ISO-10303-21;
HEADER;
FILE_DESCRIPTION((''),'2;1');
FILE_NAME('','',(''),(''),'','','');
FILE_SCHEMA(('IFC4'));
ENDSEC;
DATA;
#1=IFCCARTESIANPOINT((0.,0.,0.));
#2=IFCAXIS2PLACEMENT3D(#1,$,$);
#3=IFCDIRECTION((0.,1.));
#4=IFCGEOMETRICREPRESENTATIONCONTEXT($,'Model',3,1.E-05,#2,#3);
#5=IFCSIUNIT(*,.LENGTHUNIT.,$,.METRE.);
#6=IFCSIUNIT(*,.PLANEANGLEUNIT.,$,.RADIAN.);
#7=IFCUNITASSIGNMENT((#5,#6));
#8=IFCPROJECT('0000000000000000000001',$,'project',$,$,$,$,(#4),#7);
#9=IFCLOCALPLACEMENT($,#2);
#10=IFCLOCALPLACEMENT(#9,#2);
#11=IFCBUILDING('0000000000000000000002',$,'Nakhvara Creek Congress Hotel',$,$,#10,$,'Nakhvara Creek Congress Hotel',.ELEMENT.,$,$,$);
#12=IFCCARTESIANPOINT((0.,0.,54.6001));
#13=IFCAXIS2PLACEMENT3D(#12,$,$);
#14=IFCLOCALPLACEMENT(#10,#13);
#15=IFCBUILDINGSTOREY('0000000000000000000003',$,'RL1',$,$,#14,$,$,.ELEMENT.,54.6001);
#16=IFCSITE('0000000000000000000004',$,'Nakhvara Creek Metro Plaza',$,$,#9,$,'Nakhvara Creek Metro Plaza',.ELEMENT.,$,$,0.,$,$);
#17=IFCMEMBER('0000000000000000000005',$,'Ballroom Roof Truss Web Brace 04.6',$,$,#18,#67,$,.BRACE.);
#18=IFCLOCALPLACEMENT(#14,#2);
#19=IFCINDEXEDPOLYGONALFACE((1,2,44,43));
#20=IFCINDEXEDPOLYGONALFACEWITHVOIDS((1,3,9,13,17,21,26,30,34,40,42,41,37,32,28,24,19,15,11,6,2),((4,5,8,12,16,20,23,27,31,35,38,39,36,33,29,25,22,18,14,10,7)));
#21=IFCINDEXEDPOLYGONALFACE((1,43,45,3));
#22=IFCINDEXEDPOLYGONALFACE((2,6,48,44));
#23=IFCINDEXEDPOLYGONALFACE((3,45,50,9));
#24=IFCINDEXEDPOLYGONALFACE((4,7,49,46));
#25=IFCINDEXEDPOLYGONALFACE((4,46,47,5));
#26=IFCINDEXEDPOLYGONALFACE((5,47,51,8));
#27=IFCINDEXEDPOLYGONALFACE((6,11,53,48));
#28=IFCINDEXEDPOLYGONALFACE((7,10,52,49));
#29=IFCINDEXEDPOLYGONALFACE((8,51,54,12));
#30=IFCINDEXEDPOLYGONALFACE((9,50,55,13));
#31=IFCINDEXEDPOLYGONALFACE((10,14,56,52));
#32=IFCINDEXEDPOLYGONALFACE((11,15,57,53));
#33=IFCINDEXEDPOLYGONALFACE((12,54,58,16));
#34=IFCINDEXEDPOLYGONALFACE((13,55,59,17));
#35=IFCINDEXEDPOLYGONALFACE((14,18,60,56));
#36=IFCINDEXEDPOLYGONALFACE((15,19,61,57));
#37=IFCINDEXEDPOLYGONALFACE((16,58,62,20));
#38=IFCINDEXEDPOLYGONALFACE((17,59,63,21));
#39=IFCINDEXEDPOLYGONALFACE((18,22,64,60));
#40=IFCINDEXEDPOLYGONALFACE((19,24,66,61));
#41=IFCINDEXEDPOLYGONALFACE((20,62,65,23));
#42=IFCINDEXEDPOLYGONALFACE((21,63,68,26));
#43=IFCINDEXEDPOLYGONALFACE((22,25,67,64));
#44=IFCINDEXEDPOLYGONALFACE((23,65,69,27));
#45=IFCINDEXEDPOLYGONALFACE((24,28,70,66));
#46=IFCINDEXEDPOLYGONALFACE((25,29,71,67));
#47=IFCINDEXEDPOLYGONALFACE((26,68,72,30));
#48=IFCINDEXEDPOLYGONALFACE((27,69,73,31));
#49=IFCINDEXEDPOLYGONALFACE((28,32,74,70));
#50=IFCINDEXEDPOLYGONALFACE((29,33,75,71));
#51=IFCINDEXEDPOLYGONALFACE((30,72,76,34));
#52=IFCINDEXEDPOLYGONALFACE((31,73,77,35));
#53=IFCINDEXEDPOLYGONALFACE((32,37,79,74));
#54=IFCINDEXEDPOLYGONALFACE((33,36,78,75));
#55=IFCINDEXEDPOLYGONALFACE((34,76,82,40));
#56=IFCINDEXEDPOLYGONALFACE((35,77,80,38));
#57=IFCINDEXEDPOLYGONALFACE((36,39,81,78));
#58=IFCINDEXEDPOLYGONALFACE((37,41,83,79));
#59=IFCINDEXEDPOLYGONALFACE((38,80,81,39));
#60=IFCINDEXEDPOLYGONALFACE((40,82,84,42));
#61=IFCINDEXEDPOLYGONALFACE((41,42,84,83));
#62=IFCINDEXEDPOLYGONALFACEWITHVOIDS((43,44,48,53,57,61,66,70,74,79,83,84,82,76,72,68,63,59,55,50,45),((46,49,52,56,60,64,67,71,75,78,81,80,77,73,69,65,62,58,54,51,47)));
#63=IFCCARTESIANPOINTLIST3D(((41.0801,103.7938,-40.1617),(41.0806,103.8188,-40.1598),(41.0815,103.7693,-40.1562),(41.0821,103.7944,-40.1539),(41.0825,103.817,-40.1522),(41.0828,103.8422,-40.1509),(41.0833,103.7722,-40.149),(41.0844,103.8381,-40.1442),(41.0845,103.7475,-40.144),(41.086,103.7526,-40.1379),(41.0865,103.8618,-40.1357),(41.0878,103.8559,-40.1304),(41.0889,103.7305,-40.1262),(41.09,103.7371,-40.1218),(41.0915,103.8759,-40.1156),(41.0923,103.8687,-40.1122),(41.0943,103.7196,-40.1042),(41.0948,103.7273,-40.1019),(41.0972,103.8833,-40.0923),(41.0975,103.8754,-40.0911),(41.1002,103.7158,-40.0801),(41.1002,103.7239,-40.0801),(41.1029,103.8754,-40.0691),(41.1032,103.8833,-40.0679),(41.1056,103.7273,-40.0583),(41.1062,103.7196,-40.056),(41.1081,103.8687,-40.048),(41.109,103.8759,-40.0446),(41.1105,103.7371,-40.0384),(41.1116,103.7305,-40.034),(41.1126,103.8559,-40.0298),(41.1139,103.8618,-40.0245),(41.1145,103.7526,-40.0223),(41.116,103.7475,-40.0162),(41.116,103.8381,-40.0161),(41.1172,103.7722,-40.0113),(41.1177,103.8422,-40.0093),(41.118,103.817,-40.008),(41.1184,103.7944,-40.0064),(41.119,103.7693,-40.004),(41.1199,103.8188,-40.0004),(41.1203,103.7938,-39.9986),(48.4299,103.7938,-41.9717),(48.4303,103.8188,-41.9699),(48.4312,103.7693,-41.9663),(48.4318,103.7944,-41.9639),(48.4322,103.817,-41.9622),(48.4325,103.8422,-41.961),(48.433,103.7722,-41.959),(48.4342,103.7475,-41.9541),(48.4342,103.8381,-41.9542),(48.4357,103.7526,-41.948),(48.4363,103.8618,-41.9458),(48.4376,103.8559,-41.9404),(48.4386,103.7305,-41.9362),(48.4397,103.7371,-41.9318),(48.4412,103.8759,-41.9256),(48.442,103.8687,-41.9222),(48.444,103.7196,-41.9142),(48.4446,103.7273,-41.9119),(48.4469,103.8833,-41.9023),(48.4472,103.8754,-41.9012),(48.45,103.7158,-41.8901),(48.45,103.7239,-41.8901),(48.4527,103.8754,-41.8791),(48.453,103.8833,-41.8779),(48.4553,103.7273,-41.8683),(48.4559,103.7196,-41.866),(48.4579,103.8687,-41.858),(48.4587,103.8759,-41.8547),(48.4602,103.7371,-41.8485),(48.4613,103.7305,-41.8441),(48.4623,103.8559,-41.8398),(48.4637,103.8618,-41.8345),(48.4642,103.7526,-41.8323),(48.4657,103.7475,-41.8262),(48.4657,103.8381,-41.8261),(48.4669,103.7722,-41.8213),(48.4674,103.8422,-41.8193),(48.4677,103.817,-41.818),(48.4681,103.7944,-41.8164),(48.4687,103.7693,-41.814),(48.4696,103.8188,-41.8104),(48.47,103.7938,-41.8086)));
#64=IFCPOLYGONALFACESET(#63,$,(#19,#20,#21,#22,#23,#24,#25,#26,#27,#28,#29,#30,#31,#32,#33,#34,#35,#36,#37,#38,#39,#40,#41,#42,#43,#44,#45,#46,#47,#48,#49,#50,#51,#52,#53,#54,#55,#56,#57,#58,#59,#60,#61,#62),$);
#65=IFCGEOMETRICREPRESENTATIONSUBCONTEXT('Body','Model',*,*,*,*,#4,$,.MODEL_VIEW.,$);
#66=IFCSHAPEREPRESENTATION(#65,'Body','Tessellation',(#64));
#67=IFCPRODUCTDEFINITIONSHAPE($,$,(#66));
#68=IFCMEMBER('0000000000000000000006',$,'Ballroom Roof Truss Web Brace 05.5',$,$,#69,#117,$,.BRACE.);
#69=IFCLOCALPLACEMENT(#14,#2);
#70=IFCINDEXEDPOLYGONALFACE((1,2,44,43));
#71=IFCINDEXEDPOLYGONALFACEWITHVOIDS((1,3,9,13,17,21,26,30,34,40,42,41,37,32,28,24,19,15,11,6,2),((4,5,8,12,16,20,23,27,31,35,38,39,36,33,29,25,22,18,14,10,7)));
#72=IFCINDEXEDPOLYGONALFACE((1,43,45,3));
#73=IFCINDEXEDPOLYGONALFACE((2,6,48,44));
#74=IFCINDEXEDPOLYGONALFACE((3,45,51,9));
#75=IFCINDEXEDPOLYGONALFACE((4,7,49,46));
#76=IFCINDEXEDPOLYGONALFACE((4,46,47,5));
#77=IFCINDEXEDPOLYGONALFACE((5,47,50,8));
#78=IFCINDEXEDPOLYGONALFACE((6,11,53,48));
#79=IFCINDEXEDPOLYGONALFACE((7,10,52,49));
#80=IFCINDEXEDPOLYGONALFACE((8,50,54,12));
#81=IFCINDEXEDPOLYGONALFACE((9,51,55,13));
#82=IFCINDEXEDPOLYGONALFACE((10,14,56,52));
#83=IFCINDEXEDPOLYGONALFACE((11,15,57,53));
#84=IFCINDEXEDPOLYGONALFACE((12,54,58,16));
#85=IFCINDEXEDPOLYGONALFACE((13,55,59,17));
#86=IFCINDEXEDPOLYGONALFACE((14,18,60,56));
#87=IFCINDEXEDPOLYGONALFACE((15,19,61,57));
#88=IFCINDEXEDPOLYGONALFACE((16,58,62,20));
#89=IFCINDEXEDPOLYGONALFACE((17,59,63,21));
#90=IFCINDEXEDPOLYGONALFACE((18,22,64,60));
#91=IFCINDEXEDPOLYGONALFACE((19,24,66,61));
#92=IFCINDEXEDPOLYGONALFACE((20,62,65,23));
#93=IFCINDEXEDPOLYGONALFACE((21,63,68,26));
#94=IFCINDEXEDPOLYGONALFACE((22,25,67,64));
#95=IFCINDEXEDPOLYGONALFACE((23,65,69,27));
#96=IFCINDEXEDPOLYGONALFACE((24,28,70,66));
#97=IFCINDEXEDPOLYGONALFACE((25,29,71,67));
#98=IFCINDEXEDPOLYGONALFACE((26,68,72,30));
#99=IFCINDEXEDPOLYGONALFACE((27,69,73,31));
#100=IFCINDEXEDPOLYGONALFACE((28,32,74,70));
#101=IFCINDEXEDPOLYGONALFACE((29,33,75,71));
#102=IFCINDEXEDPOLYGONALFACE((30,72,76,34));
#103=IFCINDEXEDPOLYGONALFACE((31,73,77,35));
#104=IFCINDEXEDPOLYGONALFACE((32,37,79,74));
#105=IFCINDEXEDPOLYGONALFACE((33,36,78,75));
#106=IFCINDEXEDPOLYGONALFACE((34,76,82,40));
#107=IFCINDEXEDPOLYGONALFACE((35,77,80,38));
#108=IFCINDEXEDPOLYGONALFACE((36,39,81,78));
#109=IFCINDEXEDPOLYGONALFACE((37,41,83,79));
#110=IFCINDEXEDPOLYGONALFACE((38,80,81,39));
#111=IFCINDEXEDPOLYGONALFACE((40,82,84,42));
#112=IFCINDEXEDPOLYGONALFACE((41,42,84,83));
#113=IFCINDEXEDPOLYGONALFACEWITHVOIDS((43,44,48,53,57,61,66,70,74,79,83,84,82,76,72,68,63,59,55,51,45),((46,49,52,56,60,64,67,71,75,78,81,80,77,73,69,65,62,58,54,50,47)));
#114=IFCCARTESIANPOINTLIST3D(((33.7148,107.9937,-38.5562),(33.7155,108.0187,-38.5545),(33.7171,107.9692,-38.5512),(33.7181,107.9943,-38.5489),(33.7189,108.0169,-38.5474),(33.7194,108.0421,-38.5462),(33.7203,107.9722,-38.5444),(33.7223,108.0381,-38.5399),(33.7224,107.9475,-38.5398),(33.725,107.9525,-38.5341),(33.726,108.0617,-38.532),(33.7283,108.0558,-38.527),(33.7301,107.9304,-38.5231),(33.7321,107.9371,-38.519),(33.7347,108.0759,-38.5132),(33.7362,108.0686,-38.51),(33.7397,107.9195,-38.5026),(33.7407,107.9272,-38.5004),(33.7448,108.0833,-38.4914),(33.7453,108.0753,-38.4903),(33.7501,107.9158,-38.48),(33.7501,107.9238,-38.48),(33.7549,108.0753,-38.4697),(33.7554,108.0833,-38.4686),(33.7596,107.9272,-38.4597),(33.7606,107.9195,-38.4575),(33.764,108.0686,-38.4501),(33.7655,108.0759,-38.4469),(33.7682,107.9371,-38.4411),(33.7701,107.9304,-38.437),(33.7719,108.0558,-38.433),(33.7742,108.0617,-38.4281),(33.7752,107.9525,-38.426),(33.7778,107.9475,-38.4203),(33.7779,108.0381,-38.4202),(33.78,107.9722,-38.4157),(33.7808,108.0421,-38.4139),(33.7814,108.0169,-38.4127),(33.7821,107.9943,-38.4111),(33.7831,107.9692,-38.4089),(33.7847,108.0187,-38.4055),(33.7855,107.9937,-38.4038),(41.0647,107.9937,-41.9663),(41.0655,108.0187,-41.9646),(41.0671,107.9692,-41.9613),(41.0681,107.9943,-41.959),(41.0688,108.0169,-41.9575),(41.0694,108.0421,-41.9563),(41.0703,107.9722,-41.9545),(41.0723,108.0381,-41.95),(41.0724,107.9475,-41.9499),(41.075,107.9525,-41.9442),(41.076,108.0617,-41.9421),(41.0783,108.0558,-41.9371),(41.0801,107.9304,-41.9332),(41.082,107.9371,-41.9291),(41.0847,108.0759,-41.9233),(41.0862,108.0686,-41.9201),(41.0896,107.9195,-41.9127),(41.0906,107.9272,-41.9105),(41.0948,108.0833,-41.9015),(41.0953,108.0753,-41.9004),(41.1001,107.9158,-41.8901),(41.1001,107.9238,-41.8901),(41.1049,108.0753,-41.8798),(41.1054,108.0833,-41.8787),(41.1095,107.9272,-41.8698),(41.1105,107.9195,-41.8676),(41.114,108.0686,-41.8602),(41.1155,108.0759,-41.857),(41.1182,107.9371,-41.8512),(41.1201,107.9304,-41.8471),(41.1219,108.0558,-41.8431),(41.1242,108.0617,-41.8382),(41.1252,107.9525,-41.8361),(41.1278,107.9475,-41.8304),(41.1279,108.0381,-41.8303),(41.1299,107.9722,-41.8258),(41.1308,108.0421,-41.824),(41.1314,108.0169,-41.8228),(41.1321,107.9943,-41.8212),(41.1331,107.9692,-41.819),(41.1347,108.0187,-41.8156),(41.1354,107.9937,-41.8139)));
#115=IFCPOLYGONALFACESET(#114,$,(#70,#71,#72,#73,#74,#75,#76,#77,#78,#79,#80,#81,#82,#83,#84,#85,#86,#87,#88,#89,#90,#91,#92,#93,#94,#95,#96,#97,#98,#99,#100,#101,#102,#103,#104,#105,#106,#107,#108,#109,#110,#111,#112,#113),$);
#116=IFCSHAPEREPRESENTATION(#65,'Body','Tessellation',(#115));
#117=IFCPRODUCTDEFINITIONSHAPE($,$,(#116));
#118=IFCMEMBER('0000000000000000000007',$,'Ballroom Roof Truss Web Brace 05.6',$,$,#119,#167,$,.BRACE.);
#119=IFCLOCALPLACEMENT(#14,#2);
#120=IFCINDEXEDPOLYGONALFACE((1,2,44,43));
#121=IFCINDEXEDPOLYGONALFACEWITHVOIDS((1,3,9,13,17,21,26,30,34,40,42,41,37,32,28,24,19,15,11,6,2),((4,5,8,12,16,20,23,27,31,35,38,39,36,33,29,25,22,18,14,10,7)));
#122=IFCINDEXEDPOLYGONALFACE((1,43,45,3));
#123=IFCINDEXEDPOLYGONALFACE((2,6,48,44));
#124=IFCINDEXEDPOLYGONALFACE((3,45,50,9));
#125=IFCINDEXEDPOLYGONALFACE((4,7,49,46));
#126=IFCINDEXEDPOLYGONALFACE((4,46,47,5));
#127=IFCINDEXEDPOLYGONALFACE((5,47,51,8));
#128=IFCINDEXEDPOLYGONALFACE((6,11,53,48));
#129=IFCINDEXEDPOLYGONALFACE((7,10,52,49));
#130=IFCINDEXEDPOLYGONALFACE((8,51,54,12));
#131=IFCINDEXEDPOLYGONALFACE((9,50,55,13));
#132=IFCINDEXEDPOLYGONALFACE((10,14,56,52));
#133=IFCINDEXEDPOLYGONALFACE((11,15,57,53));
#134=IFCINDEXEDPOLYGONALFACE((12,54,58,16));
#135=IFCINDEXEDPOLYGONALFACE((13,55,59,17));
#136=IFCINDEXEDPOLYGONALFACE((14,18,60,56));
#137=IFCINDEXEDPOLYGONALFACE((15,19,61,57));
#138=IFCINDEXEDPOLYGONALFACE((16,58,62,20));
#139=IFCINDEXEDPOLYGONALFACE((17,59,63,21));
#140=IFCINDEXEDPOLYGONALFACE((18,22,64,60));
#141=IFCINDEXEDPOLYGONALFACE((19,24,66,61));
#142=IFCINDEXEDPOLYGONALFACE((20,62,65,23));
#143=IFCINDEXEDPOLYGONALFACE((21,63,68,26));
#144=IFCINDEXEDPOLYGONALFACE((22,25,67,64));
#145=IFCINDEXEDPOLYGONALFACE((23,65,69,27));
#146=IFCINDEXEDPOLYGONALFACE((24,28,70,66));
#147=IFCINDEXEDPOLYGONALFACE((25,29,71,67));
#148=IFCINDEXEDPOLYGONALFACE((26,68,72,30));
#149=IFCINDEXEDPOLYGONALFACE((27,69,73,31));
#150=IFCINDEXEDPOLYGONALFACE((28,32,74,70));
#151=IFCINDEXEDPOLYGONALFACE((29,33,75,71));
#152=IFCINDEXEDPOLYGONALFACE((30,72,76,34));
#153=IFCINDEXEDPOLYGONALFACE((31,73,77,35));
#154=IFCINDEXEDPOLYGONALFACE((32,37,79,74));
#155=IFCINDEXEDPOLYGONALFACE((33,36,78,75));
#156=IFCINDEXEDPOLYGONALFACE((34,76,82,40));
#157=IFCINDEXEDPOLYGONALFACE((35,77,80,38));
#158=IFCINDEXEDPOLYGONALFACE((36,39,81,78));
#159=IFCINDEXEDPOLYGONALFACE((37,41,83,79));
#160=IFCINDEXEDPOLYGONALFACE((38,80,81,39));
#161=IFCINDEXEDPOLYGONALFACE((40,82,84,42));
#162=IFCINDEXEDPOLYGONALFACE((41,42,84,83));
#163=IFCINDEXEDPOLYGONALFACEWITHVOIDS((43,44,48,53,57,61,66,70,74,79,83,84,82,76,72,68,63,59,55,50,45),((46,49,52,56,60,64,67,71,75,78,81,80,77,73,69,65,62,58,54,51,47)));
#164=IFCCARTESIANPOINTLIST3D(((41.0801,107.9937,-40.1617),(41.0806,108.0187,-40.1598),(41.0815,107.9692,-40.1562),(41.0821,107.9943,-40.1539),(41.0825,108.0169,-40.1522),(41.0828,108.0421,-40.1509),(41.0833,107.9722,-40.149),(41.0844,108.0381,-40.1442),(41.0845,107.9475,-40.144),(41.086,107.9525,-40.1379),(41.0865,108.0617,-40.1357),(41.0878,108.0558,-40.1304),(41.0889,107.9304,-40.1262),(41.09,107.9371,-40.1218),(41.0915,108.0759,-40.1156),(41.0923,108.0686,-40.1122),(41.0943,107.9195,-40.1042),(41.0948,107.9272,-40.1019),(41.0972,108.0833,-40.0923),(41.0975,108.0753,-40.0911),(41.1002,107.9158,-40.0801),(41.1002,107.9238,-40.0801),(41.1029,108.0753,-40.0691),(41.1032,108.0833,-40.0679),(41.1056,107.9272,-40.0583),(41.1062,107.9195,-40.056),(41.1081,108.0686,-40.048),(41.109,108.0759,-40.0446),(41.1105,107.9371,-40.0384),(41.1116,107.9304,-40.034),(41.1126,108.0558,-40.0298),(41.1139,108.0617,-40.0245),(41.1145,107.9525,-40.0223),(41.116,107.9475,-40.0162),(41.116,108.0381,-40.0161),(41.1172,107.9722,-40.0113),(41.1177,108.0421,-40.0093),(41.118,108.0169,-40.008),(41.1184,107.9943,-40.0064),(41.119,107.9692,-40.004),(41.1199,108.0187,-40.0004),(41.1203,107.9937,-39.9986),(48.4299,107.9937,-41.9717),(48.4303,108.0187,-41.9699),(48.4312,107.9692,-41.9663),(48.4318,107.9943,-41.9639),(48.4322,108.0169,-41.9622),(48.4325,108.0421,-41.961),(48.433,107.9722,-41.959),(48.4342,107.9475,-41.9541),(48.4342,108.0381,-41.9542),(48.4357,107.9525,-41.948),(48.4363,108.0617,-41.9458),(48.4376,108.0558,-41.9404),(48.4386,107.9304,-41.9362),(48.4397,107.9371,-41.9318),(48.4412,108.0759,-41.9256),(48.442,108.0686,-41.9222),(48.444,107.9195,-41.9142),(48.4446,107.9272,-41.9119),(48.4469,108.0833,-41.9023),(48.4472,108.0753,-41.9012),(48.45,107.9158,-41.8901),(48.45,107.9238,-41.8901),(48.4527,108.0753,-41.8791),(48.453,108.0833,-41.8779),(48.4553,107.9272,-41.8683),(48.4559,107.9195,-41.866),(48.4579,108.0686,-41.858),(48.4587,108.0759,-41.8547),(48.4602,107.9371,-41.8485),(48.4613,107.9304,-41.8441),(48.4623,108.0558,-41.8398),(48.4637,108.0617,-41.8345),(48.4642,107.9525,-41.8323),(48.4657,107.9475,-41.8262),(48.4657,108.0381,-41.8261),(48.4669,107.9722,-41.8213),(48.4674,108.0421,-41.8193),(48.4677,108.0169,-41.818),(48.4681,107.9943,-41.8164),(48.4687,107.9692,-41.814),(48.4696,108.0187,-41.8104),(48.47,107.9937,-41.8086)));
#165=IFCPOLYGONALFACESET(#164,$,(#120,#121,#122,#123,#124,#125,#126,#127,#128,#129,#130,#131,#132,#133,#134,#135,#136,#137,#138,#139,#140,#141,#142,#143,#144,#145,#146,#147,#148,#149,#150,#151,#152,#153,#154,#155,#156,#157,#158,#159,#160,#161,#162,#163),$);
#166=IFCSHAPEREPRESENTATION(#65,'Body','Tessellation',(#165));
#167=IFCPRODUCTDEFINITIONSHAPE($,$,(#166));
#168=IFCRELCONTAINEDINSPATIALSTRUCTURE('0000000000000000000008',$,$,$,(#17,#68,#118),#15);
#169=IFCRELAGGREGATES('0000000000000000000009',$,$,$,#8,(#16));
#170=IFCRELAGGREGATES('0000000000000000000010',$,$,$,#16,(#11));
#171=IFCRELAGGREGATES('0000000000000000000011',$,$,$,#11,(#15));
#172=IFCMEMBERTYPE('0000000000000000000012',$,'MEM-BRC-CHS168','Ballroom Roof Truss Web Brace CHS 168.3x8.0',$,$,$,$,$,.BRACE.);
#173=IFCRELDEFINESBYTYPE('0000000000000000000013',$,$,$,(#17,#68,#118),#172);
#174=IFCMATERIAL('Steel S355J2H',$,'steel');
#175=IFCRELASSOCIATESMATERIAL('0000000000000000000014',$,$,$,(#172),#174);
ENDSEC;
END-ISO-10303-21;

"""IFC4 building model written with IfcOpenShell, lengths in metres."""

from ifc_helpers import new_model, si_unit, direction, frame, origin, origin_2d, place, context, subcontext, project, spatial, hollow_circle, extrude, material, material_profile, profile_set, type_object, element, save


model = new_model("IFC4")

# Units and contexts
model_context = context("Model", 3, precision=1e-05, world=origin(), true_north=direction((0.0, 1.0)))
body_context = subcontext(model_context, "Body", "Model", "MODEL_VIEW")
ifc_project = project(units=[si_unit("LENGTHUNIT", "METRE"), si_unit("PLANEANGLEUNIT", "RADIAN")], contexts=[model_context])

# Site, building, storey
site_placement = place(None, origin())
site = spatial("IfcSite", under=ifc_project, at=site_placement, Name="Nakhvara Creek Metro Plaza", LongName="Nakhvara Creek Metro Plaza", CompositionType="ELEMENT", RefElevation=0.0)
building_placement = place(site_placement, origin())
building = spatial("IfcBuilding", under=site, at=building_placement, Name="Nakhvara Creek Congress Hotel", LongName="Nakhvara Creek Congress Hotel", CompositionType="ELEMENT")
storey_placement = place(building_placement, frame((0.0, 0.0, 54.6001)))
storey = spatial("IfcBuildingStorey", under=building, at=storey_placement, Name="RL1", CompositionType="ELEMENT", Elevation=54.6001)

# Members
ifc_material_1 = material(Name="Steel S355J2H", Category="steel")
ifc_material_profile_1 = material_profile(ifc_material_1, hollow_circle(Radius=0.0842, WallThickness=0.0081, at=origin_2d()), Name="CHS 168.3x8.0", Category="LoadBearing")
ifc_profile_set_1 = profile_set([ifc_material_profile_1], Name="Steel S355J2H")
member_type_1 = type_object("IfcMemberType", Name="MEM-BRC-CHS168", Description="Ballroom Roof Truss Web Brace CHS 168.3x8.0", PredefinedType="BRACE", material=ifc_profile_set_1)
member_1_placement = place(storey_placement, frame((48.45, 103.8, -41.8901), z_axis=(-0.970988, 0.0, 0.239127), x_axis=(0.0, -1.0, 0.0)))
element("IfcMember", 1, at=member_1_placement, inside=storey, type_object=member_type_1, Name="Ballroom Roof Truss Web Brace 04.6", PredefinedType="BRACE", context=body_context, shape_type="SweptSolid", body=[
    extrude(hollow_circle(Radius=0.0842, WallThickness=0.0081, at=origin_2d()), origin(), (0.0, 0.0, 1.0), 7.5693),
])
member_2_placement = place(storey_placement, frame((41.1001, 108.0, -41.8901), z_axis=(-0.907122, 0.0, 0.420869), x_axis=(0.0, -1.0, 0.0)))
element("IfcMember", 2, at=member_2_placement, inside=storey, type_object=member_type_1, Name="Ballroom Roof Truss Web Brace 05.5", PredefinedType="BRACE", context=body_context, shape_type="SweptSolid", body=[
    extrude(hollow_circle(Radius=0.0842, WallThickness=0.0081, at=origin_2d()), origin(), (0.0, 0.0, 1.0), 8.1025),
])
member_3_placement = place(storey_placement, frame((48.45, 108.0, -41.8901), z_axis=(-0.970988, 0.0, 0.239127), x_axis=(0.0, -1.0, 0.0)))
element("IfcMember", 3, at=member_3_placement, inside=storey, type_object=member_type_1, Name="Ballroom Roof Truss Web Brace 05.6", PredefinedType="BRACE", context=body_context, shape_type="SweptSolid", body=[
    extrude(hollow_circle(Radius=0.0842, WallThickness=0.0081, at=origin_2d()), origin(), (0.0, 0.0, 1.0), 7.5693),
])

save(model, "model.ifc")
